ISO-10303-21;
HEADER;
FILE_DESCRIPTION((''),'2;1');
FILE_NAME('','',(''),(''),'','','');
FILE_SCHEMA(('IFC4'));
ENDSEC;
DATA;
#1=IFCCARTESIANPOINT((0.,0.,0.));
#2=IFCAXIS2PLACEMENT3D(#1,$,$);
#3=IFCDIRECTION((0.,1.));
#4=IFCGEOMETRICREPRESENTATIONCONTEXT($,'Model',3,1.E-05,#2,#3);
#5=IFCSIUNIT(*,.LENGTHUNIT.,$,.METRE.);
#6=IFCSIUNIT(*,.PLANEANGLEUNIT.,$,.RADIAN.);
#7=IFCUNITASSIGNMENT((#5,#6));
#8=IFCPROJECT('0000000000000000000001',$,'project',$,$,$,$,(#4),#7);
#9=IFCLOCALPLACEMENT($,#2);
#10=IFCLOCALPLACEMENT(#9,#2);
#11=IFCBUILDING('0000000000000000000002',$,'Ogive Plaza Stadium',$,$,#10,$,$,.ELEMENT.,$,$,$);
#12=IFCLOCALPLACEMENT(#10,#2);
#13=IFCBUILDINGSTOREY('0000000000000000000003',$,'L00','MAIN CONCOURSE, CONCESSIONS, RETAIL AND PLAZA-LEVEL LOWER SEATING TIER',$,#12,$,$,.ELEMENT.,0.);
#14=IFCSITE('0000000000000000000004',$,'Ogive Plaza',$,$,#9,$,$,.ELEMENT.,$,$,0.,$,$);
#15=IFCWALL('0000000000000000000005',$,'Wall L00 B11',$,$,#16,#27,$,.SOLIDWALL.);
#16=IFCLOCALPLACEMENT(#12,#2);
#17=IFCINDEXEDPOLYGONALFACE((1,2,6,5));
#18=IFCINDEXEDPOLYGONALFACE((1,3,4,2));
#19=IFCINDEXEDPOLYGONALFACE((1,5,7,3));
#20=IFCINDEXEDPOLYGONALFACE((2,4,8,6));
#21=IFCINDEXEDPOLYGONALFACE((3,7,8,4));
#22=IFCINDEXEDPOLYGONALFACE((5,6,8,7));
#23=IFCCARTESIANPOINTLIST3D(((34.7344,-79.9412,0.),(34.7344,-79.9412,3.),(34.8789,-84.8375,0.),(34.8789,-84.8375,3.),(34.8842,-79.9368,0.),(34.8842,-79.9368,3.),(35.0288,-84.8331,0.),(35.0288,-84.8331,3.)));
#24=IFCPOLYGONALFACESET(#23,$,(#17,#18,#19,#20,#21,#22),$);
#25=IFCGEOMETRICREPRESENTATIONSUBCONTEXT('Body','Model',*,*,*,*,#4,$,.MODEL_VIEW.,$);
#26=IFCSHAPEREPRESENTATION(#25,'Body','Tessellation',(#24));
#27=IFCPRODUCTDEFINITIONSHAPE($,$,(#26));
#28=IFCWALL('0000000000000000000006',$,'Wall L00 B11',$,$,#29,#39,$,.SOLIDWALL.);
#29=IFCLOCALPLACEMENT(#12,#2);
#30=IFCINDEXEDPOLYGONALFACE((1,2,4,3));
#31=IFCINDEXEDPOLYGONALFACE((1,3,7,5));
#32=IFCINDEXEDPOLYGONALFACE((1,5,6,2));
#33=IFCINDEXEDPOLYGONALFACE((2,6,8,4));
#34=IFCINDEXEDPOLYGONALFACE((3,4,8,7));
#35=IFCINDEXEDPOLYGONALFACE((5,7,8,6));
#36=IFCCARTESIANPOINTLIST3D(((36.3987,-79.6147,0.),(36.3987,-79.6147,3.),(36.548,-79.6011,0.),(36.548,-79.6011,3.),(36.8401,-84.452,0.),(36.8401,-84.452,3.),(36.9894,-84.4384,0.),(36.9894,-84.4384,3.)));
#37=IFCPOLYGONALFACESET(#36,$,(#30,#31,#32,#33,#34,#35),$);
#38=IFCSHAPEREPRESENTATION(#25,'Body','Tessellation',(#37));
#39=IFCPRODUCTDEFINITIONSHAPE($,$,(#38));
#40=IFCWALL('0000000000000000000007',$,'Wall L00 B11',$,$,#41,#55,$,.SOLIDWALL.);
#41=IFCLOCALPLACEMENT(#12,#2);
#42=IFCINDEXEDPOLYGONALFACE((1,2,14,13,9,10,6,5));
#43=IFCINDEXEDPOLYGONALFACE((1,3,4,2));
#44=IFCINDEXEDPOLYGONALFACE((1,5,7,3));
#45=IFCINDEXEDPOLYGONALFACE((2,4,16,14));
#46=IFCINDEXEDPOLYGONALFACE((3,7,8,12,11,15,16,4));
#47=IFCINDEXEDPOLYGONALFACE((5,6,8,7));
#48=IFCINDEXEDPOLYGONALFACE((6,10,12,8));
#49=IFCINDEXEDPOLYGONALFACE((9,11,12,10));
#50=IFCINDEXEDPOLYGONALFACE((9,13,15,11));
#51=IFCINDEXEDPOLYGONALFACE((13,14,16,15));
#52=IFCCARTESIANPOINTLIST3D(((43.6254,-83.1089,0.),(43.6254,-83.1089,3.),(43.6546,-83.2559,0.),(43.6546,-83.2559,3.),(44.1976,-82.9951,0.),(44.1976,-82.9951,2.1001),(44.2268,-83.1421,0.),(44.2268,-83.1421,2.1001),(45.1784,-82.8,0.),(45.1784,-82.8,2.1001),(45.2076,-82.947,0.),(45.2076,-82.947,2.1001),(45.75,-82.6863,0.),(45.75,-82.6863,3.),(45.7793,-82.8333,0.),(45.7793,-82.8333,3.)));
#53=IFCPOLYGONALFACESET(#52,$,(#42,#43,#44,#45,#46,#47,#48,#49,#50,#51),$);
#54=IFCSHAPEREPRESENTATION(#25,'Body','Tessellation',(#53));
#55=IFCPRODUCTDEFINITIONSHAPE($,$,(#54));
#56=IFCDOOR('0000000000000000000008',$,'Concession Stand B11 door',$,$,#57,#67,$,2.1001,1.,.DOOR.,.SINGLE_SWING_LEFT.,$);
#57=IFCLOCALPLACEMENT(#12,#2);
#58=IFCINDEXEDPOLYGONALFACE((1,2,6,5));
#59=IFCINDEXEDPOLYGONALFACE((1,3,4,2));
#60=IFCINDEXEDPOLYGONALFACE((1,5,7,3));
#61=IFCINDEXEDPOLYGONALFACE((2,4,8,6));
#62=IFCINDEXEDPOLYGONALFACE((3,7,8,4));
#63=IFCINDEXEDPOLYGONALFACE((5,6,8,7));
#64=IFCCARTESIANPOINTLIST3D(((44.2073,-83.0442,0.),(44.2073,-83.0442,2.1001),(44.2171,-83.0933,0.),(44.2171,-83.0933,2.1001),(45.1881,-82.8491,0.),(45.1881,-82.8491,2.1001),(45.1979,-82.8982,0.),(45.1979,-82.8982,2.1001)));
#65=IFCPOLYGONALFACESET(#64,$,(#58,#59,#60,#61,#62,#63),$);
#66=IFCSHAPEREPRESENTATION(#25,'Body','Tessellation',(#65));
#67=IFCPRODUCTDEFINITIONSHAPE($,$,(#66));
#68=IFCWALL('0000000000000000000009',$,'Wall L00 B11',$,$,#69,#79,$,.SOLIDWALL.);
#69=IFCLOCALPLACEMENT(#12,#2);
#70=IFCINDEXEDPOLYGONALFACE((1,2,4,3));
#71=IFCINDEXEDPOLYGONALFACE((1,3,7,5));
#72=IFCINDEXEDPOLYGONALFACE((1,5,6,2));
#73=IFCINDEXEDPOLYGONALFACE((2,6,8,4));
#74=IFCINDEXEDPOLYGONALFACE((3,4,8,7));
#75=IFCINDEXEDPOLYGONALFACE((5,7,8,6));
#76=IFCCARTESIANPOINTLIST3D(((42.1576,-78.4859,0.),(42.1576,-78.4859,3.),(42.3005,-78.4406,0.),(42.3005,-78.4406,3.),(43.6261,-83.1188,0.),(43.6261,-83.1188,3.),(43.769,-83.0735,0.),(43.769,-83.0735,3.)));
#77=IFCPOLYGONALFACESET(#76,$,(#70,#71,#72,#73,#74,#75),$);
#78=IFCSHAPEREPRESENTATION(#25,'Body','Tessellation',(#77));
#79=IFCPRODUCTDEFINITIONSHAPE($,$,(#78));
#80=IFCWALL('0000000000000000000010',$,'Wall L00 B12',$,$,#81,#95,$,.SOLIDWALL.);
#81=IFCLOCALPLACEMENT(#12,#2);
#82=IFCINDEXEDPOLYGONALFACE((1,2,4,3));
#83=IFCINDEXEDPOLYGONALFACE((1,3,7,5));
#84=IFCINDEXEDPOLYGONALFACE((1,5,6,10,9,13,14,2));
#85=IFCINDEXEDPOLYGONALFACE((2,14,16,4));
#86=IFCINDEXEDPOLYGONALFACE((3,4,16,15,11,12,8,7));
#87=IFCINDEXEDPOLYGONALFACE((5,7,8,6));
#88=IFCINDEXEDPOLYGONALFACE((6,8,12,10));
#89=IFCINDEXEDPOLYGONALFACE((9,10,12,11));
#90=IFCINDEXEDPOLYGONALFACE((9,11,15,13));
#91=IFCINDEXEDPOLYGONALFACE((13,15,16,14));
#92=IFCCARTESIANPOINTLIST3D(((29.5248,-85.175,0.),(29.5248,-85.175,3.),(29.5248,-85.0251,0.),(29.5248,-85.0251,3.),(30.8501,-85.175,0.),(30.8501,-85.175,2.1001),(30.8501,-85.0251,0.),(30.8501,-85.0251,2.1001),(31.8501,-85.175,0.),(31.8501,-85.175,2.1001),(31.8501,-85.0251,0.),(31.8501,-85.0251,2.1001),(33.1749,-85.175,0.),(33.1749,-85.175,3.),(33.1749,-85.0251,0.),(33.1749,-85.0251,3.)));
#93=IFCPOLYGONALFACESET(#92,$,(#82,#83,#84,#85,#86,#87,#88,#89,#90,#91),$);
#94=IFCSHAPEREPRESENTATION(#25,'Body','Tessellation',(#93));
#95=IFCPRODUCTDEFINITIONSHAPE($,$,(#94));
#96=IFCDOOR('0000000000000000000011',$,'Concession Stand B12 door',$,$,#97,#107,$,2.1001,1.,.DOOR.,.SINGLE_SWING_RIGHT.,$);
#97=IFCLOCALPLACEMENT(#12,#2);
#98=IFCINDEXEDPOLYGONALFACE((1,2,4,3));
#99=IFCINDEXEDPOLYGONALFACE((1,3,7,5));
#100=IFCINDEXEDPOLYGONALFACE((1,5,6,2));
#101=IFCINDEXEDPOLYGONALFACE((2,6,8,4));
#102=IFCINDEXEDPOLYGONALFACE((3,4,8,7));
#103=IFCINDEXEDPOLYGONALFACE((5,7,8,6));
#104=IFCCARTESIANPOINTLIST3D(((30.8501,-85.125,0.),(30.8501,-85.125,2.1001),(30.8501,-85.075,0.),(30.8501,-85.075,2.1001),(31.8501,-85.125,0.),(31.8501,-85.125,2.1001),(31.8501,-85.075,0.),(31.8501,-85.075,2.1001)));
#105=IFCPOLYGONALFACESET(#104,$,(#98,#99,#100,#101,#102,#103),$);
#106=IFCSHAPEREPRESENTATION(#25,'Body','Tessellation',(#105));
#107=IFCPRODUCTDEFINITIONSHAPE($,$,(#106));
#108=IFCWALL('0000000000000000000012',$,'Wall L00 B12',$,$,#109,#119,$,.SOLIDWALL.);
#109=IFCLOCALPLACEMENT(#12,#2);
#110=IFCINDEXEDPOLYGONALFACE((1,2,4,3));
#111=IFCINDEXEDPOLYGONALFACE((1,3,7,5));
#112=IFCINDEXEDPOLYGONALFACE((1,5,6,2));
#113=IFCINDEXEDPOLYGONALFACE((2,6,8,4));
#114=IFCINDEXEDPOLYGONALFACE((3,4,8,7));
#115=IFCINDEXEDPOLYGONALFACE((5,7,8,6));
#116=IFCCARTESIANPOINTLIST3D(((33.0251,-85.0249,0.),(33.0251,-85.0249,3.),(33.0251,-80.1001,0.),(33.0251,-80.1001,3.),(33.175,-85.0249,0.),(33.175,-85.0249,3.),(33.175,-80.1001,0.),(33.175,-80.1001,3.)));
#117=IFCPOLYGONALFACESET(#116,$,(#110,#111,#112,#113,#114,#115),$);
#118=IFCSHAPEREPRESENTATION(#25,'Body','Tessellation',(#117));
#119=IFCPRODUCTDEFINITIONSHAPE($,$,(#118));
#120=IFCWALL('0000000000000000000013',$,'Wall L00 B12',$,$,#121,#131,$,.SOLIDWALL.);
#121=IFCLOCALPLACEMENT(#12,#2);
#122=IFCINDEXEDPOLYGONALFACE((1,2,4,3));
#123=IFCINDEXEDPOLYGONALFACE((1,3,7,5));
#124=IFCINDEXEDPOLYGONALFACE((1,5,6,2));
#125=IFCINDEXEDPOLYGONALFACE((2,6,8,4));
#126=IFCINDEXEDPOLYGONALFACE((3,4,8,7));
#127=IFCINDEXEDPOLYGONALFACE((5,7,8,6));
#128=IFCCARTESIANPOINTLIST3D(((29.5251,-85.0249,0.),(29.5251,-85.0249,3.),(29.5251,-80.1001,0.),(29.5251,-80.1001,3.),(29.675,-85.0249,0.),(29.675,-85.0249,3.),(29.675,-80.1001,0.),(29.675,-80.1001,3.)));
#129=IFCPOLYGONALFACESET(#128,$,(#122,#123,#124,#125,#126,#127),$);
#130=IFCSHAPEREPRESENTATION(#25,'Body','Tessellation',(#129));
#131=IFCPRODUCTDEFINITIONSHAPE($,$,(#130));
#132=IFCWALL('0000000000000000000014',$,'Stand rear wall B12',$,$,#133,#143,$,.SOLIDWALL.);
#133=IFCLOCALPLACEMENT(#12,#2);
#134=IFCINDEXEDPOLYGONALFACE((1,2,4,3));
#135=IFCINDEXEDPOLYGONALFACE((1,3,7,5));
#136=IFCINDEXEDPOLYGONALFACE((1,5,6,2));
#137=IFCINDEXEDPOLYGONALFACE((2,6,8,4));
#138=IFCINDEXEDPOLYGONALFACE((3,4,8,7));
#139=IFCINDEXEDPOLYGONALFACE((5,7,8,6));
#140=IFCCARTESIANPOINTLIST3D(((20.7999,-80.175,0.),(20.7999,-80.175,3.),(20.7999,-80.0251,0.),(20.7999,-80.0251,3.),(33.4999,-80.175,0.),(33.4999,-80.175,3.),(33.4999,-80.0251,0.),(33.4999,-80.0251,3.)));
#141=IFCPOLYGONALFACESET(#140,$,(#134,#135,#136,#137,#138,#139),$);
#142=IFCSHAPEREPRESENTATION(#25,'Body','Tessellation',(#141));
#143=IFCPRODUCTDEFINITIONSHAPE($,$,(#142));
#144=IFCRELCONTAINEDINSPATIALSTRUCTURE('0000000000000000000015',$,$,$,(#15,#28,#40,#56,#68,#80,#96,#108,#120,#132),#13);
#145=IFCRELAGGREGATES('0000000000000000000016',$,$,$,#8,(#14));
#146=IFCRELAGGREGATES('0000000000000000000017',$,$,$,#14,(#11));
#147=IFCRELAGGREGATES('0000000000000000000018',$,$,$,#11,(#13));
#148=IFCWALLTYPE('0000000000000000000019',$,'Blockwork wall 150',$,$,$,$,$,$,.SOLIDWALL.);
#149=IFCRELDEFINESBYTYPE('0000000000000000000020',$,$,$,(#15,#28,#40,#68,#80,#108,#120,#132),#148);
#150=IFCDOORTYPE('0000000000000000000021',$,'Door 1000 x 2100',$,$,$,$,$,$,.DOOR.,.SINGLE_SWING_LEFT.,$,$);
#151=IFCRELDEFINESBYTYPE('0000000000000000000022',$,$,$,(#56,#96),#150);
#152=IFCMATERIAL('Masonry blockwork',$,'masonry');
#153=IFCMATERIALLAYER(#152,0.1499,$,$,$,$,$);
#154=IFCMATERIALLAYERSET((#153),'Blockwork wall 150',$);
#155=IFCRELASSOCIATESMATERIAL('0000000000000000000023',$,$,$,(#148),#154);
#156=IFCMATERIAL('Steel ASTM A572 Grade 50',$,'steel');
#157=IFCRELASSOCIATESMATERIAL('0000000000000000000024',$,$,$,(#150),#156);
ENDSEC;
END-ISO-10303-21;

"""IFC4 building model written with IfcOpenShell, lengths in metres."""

from ifc_helpers import new_model, si_unit, direction, frame, frame_2d, origin, place, context, subcontext, project, spatial, rectangle, extrude, material, layer, layer_set, type_object, element, fill, save


model = new_model("IFC4")

# Units and contexts
model_context = context("Model", 3, precision=1e-05, world=origin(), true_north=direction((0.0, 1.0)))
body_context = subcontext(model_context, "Body", "Model", "MODEL_VIEW")
ifc_project = project(units=[si_unit("LENGTHUNIT", "METRE"), si_unit("PLANEANGLEUNIT", "RADIAN")], contexts=[model_context])

# Site, building, storey
site_placement = place(None, origin())
site = spatial("IfcSite", under=ifc_project, at=site_placement, Name="Ogive Plaza", CompositionType="ELEMENT", RefElevation=0.0)
building_placement = place(site_placement, origin())
building = spatial("IfcBuilding", under=site, at=building_placement, Name="Ogive Plaza Stadium", CompositionType="ELEMENT")
storey_placement = place(building_placement, origin())
storey = spatial("IfcBuildingStorey", under=building, at=storey_placement, Name="L00", Description="MAIN CONCOURSE, CONCESSIONS, RETAIL AND PLAZA-LEVEL LOWER SEATING TIER", CompositionType="ELEMENT", Elevation=0.0)

# Shared definitions
ifc_material_1 = material(Name="Masonry blockwork", Category="masonry")
ifc_layer = layer(ifc_material_1, 0.1499)
ifc_layer_set = layer_set([ifc_layer], Name="Blockwork wall 150")
wall_type = type_object("IfcWallType", Name="Blockwork wall 150", PredefinedType="SOLIDWALL", material=ifc_layer_set)
ifc_material_2 = material(Name="Steel ASTM A572 Grade 50", Category="steel")
door_type = type_object("IfcDoorType", Name="Door 1000 x 2100", OperationType="SINGLE_SWING_LEFT", PredefinedType="DOOR", material=ifc_material_2)

# Walls
wall_1_placement = place(storey_placement, frame((34.8093, -79.939, 0.0), z_axis=(0.0, 0.0, 1.0), x_axis=(0.029506, -0.999565, 0.0)))
element("IfcWall", 1, at=wall_1_placement, inside=storey, type_object=wall_type, Name="Wall L00 B11", PredefinedType="SOLIDWALL", context=body_context, shape_type="SweptSolid", body=[
    extrude(rectangle(XDim=4.8984, YDim=0.1499, at=frame_2d((2.4492, 0.0))), origin(), (0.0, 0.0, 1.0), 3.0),
])
wall_2_placement = place(storey_placement, frame((36.4734, -79.6079, 0.0), z_axis=(0.0, 0.0, 1.0), x_axis=(0.090871, -0.995863, 0.0)))
element("IfcWall", 2, at=wall_2_placement, inside=storey, type_object=wall_type, Name="Wall L00 B11", PredefinedType="SOLIDWALL", context=body_context, shape_type="SweptSolid", body=[
    extrude(rectangle(XDim=4.8574, YDim=0.1499, at=frame_2d((2.4287, 0.0))), origin(), (0.0, 0.0, 1.0), 3.0),
])

# Wall, opening, door
wall_3_placement = place(storey_placement, frame((43.6401, -83.1824, 0.0), z_axis=(0.0, 0.0, 1.0), x_axis=(0.980788, 0.195076, 0.0)))
wall_3 = element("IfcWall", 3, at=wall_3_placement, inside=storey, type_object=wall_type, Name="Wall L00 B11", PredefinedType="SOLIDWALL", context=body_context, shape_type="SweptSolid", body=[
    extrude(rectangle(XDim=2.1663, YDim=0.1499, at=frame_2d((1.083, 0.0))), origin(), (0.0, 0.0, 1.0), 3.0),
])
opening_1_placement = place(wall_3_placement, frame((0.5833, 0.0, 0.0)))
opening_1 = element("IfcOpeningElement", 4, at=opening_1_placement, cuts=wall_3, PredefinedType="OPENING", context=body_context, shape_type="SweptSolid", body=[
    extrude(rectangle(XDim=1.0, YDim=2.1001, at=frame_2d((0.5, 1.05))), frame((0.0, 0.075, 0.0), z_axis=(0.0, -1.0, 0.0), x_axis=(1.0, 0.0, 0.0)), (0.0, 0.0, 1.0), 0.1499),
])
door_1_placement = place(opening_1_placement, origin())
door_1 = element("IfcDoor", 5, at=door_1_placement, inside=storey, type_object=door_type, Name="Concession Stand B11 door", OperationType="SINGLE_SWING_LEFT", OverallHeight=2.1001, OverallWidth=1.0, PredefinedType="DOOR", context=body_context, shape_type="SweptSolid", body=[
    extrude(rectangle(XDim=1.0, YDim=2.1001, at=frame_2d((0.5, 1.05))), frame((0.0, 0.0249, 0.0), z_axis=(0.0, -1.0, 0.0), x_axis=(1.0, 0.0, 0.0)), (0.0, 0.0, 1.0), 0.05),
])
fill(opening_1, door_1)

# Wall
wall_4_placement = place(storey_placement, frame((42.229, -78.4631, 0.0), z_axis=(0.0, 0.0, 1.0), x_axis=(0.302163, -0.953256, 0.0)))
element("IfcWall", 6, at=wall_4_placement, inside=storey, type_object=wall_type, Name="Wall L00 B11", PredefinedType="SOLIDWALL", context=body_context, shape_type="SweptSolid", body=[
    extrude(rectangle(XDim=4.8601, YDim=0.1499, at=frame_2d((2.4302, 0.0))), origin(), (0.0, 0.0, 1.0), 3.0),
])

# Wall, opening, door
wall_5_placement = place(storey_placement, frame((33.175, -85.1001, 0.0), z_axis=(0.0, 0.0, 1.0), x_axis=(-1.0, 0.0, 0.0)))
wall_5 = element("IfcWall", 7, at=wall_5_placement, inside=storey, type_object=wall_type, Name="Wall L00 B12", PredefinedType="SOLIDWALL", context=body_context, shape_type="SweptSolid", body=[
    extrude(rectangle(XDim=3.6501, YDim=0.1499, at=frame_2d((1.8252, 0.0))), origin(), (0.0, 0.0, 1.0), 3.0),
])
opening_2_placement = place(wall_5_placement, frame((1.325, 0.0, 0.0)))
opening_2 = element("IfcOpeningElement", 8, at=opening_2_placement, cuts=wall_5, PredefinedType="OPENING", context=body_context, shape_type="SweptSolid", body=[
    extrude(rectangle(XDim=1.0, YDim=2.1001, at=frame_2d((0.5, 1.05))), frame((0.0, 0.075, 0.0), z_axis=(0.0, -1.0, 0.0), x_axis=(1.0, 0.0, 0.0)), (0.0, 0.0, 1.0), 0.1499),
])
door_2_placement = place(opening_2_placement, origin())
door_2 = element("IfcDoor", 9, at=door_2_placement, inside=storey, type_object=door_type, Name="Concession Stand B12 door", OperationType="SINGLE_SWING_RIGHT", OverallHeight=2.1001, OverallWidth=1.0, PredefinedType="DOOR", context=body_context, shape_type="SweptSolid", body=[
    extrude(rectangle(XDim=1.0, YDim=2.1001, at=frame_2d((0.5, 1.05))), frame((0.0, 0.0249, 0.0), z_axis=(0.0, -1.0, 0.0), x_axis=(1.0, 0.0, 0.0)), (0.0, 0.0, 1.0), 0.05),
])
fill(opening_2, door_2)

# Walls
for number, where, z_axis, x_axis, name in (
    (10, (33.1001, -80.1001, 0.0), (0.0, 0.0, 1.0), (0.0, -1.0, 0.0), "Wall L00 B12"),
    (11, (29.6001, -80.1001, 0.0), (0.0, 0.0, 1.0), (0.0, -1.0, 0.0), "Wall L00 B12"),
):
    element("IfcWall", number, at=place(storey_placement, frame(where, z_axis=z_axis, x_axis=x_axis)), inside=storey, type_object=wall_type, Name=name, PredefinedType="SOLIDWALL", context=body_context, shape_type="SweptSolid", body=[
        extrude(rectangle(XDim=4.9248, YDim=0.1499, at=frame_2d((2.4624, 0.0))), origin(), (0.0, 0.0, 1.0), 3.0),
    ])
wall_6_placement = place(storey_placement, frame((33.5, -80.1001, 0.0), z_axis=(0.0, 0.0, 1.0), x_axis=(-1.0, 0.0, 0.0)))
element("IfcWall", 12, at=wall_6_placement, inside=storey, type_object=wall_type, Name="Stand rear wall B12", PredefinedType="SOLIDWALL", context=body_context, shape_type="SweptSolid", body=[
    extrude(rectangle(XDim=12.7, YDim=0.1499, at=frame_2d((6.3501, 0.0))), origin(), (0.0, 0.0, 1.0), 3.0),
])

save(model, "model.ifc")
